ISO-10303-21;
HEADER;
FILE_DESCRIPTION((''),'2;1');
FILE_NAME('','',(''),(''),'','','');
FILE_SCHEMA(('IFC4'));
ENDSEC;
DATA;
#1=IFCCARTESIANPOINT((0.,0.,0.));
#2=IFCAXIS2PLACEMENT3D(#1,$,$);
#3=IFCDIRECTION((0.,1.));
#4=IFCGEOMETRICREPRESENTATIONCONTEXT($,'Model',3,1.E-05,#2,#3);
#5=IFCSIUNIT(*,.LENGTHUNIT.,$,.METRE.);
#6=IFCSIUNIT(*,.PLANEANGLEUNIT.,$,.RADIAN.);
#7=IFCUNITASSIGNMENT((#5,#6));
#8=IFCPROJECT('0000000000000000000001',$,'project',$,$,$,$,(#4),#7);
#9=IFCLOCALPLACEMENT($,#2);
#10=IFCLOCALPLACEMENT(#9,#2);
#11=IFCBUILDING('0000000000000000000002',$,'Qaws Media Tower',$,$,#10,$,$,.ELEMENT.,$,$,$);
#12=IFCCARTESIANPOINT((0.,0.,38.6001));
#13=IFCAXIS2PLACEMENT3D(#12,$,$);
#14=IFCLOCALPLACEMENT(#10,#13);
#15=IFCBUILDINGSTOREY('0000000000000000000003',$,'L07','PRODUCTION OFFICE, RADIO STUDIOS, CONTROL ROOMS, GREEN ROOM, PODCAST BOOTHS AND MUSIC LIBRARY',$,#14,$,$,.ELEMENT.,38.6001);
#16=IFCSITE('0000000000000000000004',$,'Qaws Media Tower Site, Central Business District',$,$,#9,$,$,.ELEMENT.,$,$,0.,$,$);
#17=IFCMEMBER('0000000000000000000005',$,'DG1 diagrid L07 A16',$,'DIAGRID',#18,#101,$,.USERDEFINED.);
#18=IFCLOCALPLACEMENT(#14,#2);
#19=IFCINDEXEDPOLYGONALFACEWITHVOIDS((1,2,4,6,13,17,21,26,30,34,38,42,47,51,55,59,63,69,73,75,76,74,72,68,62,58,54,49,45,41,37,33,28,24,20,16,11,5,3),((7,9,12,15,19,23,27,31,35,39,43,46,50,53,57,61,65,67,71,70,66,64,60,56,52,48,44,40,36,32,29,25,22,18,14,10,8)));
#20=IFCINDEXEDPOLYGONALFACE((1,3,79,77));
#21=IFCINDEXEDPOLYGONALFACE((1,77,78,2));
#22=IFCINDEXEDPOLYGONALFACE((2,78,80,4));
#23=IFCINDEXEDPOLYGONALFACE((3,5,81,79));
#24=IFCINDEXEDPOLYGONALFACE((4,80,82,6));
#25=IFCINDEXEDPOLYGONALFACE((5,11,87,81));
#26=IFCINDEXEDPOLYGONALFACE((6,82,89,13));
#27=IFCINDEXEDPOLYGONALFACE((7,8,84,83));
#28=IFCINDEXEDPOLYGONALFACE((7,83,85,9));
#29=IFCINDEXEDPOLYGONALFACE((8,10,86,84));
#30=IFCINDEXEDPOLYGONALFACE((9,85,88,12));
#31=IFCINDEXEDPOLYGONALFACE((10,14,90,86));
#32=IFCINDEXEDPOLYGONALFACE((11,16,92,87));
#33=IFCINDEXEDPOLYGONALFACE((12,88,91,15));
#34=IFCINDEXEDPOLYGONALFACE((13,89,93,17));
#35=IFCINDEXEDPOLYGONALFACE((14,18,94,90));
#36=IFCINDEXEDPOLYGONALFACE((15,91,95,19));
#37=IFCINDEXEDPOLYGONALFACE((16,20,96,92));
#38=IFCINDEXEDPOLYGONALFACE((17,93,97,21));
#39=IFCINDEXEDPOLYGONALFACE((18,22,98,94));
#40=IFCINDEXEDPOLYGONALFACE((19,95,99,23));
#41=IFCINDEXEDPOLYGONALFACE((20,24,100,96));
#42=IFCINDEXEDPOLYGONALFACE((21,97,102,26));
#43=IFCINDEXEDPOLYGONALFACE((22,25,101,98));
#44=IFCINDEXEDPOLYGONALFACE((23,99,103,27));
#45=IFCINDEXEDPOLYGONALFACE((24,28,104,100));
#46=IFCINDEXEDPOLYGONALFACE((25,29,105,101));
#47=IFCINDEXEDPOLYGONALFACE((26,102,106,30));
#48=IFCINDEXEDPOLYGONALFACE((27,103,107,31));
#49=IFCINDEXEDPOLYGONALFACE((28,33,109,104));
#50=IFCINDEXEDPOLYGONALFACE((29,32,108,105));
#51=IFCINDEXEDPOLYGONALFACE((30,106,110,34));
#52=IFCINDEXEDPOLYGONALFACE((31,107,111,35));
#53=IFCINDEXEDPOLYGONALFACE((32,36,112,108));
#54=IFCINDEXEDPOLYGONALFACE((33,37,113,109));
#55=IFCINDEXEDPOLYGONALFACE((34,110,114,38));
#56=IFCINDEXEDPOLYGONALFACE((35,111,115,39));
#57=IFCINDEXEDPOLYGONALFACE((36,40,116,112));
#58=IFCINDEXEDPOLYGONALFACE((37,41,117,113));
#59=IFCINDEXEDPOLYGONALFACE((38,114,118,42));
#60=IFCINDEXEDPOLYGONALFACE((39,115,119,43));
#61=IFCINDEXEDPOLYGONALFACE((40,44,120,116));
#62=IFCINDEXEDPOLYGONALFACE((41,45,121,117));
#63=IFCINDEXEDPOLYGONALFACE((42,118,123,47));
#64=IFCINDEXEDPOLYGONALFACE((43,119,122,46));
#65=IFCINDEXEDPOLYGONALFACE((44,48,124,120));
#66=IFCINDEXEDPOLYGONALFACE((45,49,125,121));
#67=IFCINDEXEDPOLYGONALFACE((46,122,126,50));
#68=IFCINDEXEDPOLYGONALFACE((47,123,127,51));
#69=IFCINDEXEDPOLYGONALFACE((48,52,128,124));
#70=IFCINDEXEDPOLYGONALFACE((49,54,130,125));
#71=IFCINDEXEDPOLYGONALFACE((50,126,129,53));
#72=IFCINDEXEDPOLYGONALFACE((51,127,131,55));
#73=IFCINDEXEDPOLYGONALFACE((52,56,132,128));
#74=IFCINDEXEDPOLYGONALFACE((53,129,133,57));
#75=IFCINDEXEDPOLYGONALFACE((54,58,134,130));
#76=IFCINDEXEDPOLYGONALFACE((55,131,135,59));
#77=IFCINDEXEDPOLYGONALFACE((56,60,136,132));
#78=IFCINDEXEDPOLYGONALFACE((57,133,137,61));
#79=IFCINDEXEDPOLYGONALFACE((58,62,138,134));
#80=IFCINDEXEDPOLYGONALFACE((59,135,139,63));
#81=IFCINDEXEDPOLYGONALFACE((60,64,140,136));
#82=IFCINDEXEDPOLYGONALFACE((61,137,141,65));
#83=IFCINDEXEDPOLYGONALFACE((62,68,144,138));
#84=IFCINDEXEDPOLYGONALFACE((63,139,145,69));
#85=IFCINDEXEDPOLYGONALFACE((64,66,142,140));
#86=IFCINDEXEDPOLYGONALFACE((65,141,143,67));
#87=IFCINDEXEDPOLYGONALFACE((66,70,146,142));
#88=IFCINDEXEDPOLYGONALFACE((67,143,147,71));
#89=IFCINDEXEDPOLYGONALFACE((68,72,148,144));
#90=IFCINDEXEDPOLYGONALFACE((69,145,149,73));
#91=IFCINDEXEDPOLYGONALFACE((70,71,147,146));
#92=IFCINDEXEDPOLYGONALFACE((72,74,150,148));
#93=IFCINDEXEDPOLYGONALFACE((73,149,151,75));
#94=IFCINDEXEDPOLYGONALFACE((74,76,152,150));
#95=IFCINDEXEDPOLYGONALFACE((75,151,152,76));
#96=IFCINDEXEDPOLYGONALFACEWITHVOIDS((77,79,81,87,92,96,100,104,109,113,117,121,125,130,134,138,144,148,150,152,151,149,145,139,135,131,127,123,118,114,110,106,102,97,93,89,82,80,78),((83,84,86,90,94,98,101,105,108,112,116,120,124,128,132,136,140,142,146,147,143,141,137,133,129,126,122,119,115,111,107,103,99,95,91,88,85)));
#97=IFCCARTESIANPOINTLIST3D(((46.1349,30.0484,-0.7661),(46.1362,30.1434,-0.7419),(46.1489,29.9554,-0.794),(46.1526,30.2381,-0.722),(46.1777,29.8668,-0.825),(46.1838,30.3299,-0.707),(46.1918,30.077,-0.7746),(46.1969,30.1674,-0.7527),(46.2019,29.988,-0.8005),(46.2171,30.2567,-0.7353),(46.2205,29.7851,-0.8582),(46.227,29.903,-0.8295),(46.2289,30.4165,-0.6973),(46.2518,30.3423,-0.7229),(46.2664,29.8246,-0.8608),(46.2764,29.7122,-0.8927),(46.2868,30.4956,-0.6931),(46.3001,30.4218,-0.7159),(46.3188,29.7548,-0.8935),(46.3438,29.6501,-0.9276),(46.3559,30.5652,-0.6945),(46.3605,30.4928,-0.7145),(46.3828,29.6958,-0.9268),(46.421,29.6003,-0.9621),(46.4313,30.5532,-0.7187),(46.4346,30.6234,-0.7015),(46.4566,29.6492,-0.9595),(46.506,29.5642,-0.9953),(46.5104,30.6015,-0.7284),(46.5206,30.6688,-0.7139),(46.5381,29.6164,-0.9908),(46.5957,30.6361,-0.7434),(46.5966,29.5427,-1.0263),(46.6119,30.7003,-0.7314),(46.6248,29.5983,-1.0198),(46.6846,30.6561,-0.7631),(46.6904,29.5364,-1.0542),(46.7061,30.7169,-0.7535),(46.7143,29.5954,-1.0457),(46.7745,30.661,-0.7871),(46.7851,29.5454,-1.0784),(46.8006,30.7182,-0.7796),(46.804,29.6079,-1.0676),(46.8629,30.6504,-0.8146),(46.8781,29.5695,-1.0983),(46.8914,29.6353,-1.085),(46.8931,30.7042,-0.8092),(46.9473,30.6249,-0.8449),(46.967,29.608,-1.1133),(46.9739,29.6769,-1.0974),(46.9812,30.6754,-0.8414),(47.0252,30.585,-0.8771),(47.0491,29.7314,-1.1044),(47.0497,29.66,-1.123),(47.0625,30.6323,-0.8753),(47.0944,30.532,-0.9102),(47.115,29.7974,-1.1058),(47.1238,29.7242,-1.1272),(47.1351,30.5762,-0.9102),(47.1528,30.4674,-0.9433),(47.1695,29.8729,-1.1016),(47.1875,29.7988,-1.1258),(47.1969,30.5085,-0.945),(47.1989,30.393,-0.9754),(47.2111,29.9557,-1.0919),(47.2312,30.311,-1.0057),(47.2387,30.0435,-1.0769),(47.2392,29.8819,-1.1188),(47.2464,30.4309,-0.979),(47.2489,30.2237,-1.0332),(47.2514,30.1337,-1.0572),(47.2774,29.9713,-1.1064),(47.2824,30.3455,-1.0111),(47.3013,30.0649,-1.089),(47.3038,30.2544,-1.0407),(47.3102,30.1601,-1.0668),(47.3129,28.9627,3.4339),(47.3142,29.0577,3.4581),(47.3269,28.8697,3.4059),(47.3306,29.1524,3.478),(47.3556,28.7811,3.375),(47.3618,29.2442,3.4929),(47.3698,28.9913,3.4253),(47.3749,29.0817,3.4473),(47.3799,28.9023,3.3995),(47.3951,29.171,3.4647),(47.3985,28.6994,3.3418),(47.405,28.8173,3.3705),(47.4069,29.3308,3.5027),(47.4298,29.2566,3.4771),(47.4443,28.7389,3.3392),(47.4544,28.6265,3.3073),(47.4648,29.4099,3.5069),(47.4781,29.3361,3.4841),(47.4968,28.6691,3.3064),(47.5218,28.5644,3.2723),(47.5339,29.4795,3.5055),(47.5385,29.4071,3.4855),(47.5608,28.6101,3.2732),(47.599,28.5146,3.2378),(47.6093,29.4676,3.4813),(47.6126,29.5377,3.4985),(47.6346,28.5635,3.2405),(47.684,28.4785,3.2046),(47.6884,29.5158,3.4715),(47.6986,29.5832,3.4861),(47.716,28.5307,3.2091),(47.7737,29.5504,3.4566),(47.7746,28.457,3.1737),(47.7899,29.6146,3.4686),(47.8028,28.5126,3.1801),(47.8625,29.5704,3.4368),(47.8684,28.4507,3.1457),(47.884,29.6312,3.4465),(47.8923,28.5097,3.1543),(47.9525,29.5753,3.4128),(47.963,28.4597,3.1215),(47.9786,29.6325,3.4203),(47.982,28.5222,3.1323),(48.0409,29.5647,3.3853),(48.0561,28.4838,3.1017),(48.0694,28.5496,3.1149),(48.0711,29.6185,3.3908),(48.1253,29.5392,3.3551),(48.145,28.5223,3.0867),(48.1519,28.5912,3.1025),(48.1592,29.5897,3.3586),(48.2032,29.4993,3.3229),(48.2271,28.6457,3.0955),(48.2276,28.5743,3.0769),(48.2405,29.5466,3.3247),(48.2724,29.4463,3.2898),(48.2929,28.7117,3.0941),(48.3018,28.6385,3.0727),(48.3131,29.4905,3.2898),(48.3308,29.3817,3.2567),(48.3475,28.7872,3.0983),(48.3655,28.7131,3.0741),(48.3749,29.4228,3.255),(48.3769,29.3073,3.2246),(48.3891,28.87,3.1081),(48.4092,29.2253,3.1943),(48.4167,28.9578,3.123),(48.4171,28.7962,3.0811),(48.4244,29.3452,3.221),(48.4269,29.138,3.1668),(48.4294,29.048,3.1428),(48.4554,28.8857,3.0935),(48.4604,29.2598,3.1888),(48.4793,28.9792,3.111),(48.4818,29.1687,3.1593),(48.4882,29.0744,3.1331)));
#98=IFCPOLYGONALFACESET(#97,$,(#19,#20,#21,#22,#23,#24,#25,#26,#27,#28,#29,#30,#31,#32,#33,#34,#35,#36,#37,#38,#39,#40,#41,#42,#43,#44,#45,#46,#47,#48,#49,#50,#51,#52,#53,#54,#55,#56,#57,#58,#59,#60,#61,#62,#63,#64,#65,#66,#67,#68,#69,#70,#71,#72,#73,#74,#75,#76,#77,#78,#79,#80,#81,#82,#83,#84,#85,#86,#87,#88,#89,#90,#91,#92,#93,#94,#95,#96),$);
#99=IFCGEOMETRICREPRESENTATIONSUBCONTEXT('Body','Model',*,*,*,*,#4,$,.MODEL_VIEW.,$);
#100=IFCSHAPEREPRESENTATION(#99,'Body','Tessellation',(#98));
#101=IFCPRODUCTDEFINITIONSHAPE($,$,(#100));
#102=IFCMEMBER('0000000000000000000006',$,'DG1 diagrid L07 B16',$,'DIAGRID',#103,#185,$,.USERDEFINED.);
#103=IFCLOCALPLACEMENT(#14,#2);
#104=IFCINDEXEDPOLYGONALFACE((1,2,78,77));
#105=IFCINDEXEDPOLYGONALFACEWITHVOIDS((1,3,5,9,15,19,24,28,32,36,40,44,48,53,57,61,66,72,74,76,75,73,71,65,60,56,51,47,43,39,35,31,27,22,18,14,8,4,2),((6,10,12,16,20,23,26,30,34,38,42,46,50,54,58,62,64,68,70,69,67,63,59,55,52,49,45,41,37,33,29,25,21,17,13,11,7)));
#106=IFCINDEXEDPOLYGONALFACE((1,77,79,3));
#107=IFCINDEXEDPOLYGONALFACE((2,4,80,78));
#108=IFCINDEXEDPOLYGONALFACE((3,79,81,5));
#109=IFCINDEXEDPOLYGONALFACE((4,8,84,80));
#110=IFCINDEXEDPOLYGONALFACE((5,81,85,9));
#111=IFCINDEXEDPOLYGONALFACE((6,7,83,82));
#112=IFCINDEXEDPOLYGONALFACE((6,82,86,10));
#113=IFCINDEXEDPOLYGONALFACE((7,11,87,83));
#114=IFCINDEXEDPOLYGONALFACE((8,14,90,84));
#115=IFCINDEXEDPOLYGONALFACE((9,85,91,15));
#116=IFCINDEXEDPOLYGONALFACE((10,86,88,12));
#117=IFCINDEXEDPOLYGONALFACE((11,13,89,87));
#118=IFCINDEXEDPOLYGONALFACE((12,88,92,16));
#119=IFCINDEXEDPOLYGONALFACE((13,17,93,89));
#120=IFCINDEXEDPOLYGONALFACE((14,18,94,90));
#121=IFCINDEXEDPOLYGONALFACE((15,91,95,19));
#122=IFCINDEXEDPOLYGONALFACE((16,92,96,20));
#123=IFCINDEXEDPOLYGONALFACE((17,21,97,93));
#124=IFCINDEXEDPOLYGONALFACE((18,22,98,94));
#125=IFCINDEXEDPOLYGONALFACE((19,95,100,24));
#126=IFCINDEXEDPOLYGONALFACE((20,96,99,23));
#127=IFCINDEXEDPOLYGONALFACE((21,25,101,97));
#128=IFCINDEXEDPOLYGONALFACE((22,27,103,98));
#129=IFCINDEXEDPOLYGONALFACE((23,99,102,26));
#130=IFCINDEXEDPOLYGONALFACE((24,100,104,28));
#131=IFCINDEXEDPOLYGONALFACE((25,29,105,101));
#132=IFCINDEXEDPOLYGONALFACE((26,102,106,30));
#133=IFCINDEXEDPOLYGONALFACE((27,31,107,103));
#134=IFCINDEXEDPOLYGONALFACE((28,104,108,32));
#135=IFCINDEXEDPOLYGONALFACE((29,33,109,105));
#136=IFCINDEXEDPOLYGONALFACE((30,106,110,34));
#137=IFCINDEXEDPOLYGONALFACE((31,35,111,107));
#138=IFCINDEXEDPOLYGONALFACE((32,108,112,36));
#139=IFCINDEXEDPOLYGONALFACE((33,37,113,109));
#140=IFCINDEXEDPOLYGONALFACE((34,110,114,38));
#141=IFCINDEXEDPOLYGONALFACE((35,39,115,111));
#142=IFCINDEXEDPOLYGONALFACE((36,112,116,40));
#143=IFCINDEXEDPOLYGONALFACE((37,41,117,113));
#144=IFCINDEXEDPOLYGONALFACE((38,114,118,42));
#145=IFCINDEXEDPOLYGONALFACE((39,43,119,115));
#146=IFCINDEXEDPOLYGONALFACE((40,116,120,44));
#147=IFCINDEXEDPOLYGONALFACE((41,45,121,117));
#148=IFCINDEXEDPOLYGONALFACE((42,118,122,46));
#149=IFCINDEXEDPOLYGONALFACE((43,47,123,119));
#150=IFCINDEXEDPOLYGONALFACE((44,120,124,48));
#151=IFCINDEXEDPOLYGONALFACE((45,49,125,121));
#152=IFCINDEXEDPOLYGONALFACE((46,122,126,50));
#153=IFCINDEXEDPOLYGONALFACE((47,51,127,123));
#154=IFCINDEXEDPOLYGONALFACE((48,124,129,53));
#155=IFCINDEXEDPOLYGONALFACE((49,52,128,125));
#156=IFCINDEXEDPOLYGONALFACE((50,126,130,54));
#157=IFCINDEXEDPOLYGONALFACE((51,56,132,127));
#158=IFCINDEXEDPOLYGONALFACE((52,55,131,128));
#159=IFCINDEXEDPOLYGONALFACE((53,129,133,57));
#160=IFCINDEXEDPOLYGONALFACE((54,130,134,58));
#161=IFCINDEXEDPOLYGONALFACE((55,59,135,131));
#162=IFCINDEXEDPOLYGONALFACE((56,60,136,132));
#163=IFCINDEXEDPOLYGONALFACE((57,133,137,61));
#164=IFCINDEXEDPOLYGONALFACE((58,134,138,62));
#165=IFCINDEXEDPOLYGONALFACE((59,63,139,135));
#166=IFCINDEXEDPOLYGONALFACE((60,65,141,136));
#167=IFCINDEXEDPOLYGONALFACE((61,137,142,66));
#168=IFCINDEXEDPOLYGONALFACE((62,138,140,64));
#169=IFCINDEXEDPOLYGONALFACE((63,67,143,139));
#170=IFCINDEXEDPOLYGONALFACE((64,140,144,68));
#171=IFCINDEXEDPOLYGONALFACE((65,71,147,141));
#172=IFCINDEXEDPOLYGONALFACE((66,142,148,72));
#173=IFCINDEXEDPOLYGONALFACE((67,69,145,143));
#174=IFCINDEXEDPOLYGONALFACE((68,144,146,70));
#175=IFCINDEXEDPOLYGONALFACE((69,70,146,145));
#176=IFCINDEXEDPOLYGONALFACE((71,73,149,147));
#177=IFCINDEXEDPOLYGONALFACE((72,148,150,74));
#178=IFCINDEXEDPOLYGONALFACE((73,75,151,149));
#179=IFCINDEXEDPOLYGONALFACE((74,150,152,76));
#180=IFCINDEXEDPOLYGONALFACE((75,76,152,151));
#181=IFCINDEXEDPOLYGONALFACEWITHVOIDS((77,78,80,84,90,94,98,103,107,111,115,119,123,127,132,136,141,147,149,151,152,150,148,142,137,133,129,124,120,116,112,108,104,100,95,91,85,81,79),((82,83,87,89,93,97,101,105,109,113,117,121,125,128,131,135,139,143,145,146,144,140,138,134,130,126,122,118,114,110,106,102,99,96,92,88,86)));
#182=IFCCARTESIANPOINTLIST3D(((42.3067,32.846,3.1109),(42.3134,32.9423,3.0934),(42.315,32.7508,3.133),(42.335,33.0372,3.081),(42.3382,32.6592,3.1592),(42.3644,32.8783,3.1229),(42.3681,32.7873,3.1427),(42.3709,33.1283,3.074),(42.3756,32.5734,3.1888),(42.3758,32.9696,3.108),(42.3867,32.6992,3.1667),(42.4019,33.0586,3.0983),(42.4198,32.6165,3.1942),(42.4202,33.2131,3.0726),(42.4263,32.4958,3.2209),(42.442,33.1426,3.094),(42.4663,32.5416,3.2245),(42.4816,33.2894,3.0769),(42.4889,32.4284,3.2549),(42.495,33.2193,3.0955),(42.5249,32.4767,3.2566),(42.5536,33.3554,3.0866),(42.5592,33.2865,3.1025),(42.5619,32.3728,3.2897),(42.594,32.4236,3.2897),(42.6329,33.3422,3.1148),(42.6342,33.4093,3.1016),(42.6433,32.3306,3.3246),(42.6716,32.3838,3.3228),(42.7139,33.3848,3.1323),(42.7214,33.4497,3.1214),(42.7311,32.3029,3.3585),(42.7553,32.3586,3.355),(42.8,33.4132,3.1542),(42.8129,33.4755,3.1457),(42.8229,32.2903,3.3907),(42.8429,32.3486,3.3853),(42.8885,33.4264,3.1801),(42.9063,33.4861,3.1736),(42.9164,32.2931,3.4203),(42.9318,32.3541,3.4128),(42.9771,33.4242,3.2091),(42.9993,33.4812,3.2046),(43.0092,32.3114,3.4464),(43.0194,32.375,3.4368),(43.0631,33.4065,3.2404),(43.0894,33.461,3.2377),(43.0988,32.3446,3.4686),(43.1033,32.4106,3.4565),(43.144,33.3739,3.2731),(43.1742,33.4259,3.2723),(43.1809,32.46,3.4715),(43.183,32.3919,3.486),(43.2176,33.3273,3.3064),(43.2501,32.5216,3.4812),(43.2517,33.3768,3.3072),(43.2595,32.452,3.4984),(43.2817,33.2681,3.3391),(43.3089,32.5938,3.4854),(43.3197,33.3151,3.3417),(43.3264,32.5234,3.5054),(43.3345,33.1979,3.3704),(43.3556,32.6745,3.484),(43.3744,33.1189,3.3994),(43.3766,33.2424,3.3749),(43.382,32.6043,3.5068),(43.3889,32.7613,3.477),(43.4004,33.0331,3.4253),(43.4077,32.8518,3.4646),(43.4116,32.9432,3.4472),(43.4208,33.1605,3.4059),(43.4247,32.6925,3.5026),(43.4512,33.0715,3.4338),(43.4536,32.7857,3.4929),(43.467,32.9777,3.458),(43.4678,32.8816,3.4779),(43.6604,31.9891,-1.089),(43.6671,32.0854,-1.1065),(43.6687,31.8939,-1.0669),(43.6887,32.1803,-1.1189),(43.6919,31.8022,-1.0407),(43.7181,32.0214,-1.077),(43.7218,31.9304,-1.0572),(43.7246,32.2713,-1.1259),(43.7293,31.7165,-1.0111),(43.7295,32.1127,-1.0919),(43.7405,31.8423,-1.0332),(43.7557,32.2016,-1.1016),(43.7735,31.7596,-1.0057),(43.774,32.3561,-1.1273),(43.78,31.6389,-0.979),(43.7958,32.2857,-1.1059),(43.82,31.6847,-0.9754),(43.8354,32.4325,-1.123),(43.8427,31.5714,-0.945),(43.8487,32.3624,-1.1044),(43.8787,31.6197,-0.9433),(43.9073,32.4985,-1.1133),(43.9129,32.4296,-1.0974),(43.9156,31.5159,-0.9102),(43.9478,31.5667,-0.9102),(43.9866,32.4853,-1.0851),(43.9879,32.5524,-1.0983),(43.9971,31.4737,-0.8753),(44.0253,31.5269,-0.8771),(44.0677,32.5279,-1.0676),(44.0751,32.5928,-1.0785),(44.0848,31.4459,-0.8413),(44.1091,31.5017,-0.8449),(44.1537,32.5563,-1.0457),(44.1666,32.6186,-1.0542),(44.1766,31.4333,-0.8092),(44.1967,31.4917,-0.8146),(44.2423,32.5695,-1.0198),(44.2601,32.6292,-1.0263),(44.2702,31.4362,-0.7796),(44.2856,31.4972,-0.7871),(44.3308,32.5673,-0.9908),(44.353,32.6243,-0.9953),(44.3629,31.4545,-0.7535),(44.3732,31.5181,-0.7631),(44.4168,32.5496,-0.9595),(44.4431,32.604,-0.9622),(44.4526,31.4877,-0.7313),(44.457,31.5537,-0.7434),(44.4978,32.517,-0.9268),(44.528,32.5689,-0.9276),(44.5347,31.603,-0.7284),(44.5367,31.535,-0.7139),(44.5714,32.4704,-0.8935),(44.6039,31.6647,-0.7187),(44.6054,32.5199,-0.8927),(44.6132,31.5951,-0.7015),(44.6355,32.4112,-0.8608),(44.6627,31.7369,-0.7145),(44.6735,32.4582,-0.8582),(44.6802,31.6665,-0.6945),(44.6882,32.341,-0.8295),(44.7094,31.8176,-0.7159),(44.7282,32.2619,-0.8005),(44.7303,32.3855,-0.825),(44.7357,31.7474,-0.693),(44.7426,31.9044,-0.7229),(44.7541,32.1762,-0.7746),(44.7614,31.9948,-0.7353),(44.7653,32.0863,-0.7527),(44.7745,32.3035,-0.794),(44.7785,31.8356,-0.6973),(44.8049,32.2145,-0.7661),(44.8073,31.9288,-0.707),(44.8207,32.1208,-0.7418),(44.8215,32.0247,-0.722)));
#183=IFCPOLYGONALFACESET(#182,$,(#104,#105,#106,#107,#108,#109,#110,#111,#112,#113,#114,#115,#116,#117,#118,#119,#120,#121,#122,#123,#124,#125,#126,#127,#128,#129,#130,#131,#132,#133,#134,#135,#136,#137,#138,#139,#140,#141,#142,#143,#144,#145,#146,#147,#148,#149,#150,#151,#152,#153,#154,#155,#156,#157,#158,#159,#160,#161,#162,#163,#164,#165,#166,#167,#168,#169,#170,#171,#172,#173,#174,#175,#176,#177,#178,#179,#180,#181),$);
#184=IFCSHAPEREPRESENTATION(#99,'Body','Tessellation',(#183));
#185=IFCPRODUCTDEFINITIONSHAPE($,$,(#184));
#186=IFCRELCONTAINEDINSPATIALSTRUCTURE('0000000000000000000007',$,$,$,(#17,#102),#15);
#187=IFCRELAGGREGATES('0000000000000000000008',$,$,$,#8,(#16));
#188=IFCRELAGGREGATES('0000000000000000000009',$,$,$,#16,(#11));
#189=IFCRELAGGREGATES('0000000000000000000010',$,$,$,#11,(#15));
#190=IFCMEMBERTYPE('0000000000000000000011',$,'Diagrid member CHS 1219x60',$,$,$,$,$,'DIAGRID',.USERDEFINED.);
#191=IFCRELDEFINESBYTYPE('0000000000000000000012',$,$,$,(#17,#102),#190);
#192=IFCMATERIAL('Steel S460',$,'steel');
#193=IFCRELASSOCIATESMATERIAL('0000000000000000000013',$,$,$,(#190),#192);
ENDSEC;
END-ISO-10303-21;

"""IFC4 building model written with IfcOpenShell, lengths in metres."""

from ifc_helpers import new_model, si_unit, direction, frame, origin, origin_2d, place, context, subcontext, project, spatial, hollow_circle, extrude, material, material_profile, profile_set, type_object, element, save


model = new_model("IFC4")

# Units and contexts
model_context = context("Model", 3, precision=1e-05, world=origin(), true_north=direction((0.0, 1.0)))
body_context = subcontext(model_context, "Body", "Model", "MODEL_VIEW")
ifc_project = project(units=[si_unit("LENGTHUNIT", "METRE"), si_unit("PLANEANGLEUNIT", "RADIAN")], contexts=[model_context])

# Site, building, storey
site_placement = place(None, origin())
site = spatial("IfcSite", under=ifc_project, at=site_placement, Name="Qaws Media Tower Site, Central Business District", CompositionType="ELEMENT", RefElevation=0.0)
building_placement = place(site_placement, origin())
building = spatial("IfcBuilding", under=site, at=building_placement, Name="Qaws Media Tower", CompositionType="ELEMENT")
storey_placement = place(building_placement, frame((0.0, 0.0, 38.6001)))
storey = spatial("IfcBuildingStorey", under=building, at=storey_placement, Name="L07", Description="PRODUCTION OFFICE, RADIO STUDIOS, CONTROL ROOMS, GREEN ROOM, PODCAST BOOTHS AND MUSIC LIBRARY", CompositionType="ELEMENT", Elevation=38.6001)

# Members
ifc_material_1 = material(Name="Steel S460", Category="steel")
ifc_material_profile_1 = material_profile(ifc_material_1, hollow_circle(Radius=0.6096, WallThickness=0.0601, at=origin_2d()), Name="CHS 1219x60")
ifc_profile_set_1 = profile_set([ifc_material_profile_1], Name="Steel S460")
member_type_1 = type_object("IfcMemberType", Name="Diagrid member CHS 1219x60", ElementType="DIAGRID", PredefinedType="USERDEFINED", material=ifc_profile_set_1)
for number, where, z_axis, x_axis, name in (
    (1, (46.7219, 30.1279, -0.9102), (0.262058, -0.241528, 0.934339), (0.677717, 0.735323, 0.0), "DG1 diagrid L07 A16"),
    (2, (44.2417, 32.031, -0.9102), (-0.301158, 0.190634, 0.934324), (-0.534853, -0.844945, 0.0), "DG1 diagrid L07 B16"),
):
    element("IfcMember", number, at=place(storey_placement, frame(where, z_axis=z_axis, x_axis=x_axis)), inside=storey, type_object=member_type_1, Name=name, ObjectType="DIAGRID", PredefinedType="USERDEFINED", context=body_context, shape_type="SweptSolid", body=[
        extrude(hollow_circle(Radius=0.6096, WallThickness=0.0601, at=origin_2d()), origin(), (0.0, 0.0, 1.0), 4.4951),
    ])

save(model, "model.ifc")
